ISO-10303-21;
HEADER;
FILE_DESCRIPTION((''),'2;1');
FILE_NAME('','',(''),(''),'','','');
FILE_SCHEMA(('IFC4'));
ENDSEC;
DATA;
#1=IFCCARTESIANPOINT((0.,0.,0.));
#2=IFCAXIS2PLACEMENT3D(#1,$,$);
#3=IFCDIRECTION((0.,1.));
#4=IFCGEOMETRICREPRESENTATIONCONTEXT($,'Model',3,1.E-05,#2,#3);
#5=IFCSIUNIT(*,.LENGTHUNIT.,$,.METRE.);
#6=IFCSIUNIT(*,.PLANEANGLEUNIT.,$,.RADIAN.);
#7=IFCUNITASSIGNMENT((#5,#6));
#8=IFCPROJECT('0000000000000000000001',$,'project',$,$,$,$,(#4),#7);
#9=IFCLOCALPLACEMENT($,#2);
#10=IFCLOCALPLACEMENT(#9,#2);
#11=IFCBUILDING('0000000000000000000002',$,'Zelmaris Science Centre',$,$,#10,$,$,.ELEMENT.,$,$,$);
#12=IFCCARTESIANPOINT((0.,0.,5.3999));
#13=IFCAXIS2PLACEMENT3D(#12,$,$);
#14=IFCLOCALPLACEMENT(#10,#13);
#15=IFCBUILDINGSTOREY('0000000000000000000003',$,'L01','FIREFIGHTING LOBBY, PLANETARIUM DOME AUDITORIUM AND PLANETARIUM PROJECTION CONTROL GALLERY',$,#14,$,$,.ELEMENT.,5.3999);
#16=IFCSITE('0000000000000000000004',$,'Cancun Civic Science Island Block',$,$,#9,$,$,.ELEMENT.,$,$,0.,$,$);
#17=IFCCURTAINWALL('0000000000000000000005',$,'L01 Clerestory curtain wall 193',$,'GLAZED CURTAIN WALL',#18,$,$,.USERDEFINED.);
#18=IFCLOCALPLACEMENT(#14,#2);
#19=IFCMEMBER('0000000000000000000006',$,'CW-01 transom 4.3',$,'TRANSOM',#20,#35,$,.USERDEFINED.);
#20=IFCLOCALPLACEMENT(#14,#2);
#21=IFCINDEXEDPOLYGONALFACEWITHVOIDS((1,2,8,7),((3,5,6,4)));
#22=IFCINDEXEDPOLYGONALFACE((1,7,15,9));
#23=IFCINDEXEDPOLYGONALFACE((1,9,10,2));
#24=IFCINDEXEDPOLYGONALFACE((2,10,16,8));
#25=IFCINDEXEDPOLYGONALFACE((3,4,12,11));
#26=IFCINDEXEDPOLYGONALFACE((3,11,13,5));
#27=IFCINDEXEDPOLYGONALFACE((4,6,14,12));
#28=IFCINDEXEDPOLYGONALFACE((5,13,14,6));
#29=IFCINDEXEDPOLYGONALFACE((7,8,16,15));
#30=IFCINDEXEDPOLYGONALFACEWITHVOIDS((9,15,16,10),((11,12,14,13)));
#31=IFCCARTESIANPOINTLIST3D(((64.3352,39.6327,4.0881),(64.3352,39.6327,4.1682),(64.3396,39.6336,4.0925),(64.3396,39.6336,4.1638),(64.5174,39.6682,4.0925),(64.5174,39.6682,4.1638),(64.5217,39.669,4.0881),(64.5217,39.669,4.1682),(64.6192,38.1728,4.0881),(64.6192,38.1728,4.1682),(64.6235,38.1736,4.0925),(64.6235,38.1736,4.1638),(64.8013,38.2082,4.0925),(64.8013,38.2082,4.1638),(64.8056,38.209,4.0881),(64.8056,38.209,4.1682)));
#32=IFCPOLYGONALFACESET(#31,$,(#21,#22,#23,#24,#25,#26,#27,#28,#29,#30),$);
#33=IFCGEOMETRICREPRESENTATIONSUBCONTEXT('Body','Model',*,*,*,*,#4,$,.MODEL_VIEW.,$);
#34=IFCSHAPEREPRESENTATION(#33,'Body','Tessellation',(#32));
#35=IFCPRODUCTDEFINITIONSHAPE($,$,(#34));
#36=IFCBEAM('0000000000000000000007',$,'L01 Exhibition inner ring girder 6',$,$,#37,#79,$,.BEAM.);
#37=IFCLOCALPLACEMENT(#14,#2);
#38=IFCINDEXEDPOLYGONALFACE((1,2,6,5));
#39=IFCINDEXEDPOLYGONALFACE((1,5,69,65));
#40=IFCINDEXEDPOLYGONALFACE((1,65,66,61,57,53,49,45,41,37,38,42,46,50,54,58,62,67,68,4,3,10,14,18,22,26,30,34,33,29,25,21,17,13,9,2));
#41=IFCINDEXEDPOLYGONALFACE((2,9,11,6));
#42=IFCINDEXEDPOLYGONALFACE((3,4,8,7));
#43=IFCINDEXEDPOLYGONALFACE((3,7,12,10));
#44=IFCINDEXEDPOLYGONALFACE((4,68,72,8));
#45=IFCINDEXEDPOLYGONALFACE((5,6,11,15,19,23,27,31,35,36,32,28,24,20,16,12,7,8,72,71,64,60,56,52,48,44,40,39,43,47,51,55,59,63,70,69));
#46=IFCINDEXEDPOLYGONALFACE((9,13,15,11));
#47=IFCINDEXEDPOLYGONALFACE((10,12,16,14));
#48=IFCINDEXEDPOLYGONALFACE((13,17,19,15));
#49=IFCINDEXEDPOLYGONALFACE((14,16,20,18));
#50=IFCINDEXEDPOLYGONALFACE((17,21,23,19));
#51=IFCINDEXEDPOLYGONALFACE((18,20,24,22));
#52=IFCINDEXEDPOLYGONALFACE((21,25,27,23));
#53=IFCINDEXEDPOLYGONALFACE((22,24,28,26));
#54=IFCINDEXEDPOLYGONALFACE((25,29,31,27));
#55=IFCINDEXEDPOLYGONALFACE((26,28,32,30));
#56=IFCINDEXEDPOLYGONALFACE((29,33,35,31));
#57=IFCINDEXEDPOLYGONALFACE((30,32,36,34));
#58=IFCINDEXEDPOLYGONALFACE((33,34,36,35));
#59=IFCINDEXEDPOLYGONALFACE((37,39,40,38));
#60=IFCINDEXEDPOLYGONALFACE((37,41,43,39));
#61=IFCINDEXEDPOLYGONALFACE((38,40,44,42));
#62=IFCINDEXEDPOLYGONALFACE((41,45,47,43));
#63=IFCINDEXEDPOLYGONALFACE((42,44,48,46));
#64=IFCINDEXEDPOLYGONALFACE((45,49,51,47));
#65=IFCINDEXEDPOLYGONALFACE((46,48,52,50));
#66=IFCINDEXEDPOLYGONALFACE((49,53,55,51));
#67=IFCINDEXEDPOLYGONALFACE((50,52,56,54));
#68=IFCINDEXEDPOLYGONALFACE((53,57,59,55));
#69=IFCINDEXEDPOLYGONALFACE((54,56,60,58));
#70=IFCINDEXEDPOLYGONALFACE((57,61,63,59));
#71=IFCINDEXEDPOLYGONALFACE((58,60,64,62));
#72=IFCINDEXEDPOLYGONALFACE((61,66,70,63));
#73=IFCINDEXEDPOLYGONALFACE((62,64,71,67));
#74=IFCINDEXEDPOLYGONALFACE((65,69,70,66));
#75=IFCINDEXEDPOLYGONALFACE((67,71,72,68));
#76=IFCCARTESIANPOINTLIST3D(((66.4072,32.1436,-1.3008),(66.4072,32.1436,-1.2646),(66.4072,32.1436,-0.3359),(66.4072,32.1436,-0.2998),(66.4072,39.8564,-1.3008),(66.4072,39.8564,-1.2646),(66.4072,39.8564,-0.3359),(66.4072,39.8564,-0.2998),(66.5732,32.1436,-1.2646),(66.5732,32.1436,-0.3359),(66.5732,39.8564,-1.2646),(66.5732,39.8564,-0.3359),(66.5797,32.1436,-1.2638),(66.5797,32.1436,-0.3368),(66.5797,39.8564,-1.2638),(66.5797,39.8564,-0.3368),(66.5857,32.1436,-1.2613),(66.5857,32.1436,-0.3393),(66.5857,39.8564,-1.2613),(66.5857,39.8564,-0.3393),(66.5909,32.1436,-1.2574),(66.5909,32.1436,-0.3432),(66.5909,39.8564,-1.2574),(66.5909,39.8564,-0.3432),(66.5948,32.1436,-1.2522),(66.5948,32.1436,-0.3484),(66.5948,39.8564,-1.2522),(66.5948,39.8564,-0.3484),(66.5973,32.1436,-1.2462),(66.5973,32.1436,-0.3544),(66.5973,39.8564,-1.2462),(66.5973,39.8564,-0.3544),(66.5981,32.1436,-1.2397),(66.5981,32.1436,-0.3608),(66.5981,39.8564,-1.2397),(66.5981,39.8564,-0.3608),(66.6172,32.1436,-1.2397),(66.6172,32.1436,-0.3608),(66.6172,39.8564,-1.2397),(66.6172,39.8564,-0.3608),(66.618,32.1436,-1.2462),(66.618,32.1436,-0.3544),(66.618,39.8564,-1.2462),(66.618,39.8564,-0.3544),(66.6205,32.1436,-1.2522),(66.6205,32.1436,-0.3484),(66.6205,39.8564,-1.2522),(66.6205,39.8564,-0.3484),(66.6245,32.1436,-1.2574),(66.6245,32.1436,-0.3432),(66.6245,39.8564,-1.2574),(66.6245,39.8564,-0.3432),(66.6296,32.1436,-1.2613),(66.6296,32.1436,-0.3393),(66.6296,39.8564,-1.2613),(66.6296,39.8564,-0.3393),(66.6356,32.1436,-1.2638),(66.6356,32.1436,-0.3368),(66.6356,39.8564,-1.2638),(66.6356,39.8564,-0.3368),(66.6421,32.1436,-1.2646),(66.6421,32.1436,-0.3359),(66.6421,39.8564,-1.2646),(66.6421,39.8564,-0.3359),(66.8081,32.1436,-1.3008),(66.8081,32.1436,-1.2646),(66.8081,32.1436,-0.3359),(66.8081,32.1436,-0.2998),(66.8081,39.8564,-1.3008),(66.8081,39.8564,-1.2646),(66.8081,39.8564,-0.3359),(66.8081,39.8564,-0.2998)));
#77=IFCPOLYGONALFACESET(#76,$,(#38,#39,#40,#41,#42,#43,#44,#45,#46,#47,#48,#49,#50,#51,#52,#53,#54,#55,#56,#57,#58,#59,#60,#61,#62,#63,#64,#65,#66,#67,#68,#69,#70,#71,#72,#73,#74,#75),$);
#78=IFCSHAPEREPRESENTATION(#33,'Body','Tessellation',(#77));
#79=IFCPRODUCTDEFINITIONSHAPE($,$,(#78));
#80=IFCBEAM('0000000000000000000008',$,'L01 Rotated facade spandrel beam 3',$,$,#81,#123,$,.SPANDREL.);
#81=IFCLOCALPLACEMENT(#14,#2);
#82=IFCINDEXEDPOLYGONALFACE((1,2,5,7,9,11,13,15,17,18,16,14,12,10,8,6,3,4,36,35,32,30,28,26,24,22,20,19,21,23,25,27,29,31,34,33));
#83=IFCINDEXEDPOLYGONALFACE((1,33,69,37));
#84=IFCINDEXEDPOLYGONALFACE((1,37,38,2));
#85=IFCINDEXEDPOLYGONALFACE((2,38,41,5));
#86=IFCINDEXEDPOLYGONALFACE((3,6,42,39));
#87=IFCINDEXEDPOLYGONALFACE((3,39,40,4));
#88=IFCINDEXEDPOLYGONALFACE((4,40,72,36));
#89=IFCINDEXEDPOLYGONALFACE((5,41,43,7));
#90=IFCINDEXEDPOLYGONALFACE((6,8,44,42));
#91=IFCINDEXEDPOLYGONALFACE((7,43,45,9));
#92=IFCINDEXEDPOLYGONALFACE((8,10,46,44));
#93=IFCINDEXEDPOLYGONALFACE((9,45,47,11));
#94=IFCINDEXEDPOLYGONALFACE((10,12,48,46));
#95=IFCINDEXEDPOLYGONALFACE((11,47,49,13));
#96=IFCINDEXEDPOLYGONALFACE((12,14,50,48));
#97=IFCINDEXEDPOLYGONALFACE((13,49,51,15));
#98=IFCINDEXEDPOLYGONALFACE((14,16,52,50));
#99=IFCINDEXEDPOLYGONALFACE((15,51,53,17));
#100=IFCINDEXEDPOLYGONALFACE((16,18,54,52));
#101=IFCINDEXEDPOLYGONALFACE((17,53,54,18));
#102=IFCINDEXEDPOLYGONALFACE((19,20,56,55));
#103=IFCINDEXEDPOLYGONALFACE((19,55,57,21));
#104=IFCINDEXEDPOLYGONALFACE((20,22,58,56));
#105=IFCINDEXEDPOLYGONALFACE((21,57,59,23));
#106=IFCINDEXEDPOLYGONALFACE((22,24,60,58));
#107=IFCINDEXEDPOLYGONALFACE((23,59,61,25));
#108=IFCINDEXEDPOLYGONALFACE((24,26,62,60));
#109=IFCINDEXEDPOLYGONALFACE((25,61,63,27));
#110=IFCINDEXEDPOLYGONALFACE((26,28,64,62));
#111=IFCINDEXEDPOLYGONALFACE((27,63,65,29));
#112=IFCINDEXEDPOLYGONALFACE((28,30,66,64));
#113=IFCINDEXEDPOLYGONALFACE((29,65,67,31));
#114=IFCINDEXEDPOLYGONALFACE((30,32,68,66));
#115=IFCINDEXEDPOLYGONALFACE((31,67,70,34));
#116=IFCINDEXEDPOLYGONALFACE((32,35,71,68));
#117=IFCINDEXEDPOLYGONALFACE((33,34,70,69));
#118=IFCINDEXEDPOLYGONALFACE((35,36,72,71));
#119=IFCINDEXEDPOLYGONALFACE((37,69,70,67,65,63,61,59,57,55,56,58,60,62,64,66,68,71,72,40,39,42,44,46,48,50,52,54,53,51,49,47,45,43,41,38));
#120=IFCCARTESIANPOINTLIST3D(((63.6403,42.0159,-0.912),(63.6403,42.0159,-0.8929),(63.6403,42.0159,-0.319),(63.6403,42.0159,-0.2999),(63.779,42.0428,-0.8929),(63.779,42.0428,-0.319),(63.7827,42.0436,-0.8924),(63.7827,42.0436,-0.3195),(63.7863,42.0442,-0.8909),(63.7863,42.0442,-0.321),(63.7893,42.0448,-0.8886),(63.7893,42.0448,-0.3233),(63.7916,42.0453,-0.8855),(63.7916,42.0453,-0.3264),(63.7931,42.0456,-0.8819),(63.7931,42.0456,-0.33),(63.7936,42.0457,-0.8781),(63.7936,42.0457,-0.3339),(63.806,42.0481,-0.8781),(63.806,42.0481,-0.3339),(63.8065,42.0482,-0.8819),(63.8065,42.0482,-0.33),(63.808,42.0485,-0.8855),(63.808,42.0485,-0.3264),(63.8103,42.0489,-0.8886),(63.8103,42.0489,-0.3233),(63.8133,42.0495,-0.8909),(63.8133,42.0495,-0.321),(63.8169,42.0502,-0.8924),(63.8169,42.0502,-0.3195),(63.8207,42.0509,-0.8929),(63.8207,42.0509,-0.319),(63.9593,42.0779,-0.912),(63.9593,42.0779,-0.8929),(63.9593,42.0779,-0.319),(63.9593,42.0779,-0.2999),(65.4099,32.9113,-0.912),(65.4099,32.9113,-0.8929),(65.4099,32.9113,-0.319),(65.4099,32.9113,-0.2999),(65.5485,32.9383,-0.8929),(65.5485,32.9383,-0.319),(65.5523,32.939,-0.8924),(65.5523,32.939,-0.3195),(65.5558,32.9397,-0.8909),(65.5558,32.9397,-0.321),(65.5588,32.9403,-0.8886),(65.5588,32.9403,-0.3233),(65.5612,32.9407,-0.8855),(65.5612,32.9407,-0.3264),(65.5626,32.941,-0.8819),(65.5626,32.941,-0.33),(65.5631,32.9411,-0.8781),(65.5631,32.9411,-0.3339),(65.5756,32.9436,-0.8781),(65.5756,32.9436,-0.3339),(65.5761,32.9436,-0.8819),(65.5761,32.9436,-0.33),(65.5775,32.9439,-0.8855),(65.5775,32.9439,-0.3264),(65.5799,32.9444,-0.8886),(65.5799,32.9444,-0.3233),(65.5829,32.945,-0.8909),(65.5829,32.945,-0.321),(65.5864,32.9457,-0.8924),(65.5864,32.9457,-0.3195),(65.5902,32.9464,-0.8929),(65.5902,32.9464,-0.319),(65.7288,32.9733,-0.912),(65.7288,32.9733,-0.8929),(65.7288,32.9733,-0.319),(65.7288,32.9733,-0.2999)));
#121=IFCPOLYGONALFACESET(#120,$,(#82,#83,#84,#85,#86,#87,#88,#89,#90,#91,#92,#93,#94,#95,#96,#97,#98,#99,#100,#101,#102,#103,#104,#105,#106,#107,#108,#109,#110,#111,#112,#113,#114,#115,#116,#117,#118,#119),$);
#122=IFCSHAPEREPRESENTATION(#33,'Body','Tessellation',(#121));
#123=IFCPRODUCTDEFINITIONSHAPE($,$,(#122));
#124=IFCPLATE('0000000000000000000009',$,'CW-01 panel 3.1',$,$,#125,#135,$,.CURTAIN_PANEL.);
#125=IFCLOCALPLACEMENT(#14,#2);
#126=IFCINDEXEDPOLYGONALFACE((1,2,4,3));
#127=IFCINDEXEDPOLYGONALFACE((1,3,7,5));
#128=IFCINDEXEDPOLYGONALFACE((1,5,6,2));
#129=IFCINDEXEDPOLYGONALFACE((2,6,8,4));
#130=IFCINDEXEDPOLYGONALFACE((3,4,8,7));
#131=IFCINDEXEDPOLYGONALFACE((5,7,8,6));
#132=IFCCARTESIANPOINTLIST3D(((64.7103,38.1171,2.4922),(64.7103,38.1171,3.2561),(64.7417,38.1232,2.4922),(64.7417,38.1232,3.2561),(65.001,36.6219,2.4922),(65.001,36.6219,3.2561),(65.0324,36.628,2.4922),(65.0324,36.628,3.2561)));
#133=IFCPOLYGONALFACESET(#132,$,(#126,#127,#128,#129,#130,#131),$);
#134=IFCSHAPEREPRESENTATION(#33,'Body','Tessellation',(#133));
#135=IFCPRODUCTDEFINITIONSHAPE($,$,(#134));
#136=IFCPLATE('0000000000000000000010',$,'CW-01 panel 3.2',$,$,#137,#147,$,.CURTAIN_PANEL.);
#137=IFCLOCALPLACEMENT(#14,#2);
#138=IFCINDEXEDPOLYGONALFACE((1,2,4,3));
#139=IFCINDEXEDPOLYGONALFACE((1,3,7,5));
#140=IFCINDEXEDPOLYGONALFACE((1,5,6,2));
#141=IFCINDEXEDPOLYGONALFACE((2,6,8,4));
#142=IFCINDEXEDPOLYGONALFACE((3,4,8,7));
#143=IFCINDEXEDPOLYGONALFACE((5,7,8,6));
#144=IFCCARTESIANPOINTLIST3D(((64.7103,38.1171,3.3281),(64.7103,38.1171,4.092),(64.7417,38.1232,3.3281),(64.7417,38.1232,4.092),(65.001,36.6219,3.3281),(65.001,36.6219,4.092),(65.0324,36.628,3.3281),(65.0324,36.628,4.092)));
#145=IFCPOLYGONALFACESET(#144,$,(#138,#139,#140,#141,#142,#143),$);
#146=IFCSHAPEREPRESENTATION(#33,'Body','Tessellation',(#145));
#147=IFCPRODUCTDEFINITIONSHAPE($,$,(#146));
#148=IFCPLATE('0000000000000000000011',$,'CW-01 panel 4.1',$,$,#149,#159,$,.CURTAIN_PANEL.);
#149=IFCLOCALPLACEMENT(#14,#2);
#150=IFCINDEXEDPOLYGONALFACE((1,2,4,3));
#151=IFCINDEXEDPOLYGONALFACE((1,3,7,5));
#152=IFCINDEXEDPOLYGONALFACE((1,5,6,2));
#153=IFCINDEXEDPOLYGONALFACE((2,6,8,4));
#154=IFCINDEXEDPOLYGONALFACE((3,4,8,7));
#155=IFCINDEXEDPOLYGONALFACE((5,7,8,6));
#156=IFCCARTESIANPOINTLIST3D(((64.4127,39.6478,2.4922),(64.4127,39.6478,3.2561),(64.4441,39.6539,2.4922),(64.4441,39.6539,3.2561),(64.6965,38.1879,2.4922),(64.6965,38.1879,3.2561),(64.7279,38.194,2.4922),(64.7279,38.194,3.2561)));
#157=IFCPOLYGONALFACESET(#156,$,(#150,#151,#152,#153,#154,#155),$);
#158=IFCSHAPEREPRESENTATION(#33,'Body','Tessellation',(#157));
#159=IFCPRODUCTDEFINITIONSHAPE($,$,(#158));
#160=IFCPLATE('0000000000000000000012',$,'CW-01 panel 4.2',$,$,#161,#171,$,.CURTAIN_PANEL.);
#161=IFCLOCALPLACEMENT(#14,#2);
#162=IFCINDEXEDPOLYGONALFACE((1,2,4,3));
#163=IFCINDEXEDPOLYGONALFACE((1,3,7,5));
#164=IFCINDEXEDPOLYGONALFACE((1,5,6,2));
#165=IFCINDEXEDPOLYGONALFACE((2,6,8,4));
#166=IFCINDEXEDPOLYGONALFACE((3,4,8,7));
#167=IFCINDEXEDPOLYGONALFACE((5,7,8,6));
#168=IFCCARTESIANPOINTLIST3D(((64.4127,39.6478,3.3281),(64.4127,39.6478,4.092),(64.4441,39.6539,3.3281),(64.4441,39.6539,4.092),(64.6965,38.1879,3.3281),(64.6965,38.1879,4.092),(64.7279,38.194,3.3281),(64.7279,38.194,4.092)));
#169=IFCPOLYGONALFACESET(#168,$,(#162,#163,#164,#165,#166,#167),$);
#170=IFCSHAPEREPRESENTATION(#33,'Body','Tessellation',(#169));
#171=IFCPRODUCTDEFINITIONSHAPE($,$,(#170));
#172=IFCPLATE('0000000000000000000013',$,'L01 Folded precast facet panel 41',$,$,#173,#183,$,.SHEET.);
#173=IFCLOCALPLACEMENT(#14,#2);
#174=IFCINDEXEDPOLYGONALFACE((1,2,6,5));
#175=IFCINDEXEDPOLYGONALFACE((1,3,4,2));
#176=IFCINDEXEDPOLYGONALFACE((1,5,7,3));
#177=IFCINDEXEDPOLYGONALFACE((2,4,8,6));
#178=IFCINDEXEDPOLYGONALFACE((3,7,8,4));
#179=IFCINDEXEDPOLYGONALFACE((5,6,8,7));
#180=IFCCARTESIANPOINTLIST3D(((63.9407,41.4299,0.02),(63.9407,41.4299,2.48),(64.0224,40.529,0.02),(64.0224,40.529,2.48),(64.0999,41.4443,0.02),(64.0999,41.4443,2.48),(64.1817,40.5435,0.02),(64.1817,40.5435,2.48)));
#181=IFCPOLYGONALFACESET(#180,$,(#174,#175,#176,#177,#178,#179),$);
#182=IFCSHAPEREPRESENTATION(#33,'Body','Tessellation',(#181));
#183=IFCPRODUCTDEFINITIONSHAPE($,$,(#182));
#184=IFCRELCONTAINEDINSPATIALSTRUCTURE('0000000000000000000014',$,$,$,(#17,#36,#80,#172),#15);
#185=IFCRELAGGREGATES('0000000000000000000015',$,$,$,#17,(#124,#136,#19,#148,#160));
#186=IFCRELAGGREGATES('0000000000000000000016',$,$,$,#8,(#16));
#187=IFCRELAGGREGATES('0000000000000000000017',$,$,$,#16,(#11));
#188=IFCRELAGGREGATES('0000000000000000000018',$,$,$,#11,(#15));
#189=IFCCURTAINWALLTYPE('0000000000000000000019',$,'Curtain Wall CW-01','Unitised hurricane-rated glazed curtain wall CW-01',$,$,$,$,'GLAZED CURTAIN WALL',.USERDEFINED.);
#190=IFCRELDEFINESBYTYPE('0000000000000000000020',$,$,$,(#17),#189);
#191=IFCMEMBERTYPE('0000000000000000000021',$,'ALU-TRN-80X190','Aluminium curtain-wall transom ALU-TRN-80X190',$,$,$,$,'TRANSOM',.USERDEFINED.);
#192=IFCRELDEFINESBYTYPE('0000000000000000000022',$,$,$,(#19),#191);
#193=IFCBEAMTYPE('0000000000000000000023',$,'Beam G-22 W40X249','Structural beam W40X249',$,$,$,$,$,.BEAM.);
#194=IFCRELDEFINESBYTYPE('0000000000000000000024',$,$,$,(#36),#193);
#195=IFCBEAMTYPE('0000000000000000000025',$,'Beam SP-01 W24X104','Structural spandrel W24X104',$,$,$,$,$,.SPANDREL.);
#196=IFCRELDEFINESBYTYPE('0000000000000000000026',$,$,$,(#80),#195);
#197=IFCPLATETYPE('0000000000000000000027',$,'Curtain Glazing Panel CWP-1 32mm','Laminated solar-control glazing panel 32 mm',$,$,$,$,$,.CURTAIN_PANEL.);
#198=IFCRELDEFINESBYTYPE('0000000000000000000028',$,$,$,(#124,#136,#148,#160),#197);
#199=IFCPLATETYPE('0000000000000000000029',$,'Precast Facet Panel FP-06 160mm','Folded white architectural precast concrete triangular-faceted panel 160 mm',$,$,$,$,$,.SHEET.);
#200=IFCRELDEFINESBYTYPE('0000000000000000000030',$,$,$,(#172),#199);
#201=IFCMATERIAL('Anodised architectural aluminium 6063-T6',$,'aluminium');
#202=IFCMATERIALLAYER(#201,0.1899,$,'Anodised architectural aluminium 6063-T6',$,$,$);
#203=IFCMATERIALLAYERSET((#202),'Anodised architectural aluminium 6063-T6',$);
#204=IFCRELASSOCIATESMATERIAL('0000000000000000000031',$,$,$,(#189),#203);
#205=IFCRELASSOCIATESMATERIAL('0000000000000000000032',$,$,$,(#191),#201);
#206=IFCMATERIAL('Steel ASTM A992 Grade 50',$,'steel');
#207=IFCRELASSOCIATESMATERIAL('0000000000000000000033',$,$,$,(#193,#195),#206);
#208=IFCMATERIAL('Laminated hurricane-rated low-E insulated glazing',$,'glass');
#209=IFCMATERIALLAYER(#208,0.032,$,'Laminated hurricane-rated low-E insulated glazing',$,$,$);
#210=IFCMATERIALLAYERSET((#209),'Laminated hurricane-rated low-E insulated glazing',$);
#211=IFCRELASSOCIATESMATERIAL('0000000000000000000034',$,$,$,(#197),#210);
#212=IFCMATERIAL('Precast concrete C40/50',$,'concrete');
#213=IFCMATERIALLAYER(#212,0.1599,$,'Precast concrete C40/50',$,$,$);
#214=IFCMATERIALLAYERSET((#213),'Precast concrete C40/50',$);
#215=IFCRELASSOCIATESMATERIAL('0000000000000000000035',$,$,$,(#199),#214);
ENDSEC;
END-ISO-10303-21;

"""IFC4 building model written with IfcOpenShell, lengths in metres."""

from ifc_helpers import new_model, si_unit, direction, frame, frame_2d, origin, origin_2d, place, context, subcontext, project, spatial, rectangle, hollow_rectangle, i_section, extrude, material, layer, layer_set, material_profile, profile_set, type_object, element, aggregate, save


model = new_model("IFC4")

# Units and contexts
model_context = context("Model", 3, precision=1e-05, world=origin(), true_north=direction((0.0, 1.0)))
body_context = subcontext(model_context, "Body", "Model", "MODEL_VIEW")
ifc_project = project(units=[si_unit("LENGTHUNIT", "METRE"), si_unit("PLANEANGLEUNIT", "RADIAN")], contexts=[model_context])

# Site, building, storey
site_placement = place(None, origin())
site = spatial("IfcSite", under=ifc_project, at=site_placement, Name="Cancun Civic Science Island Block", CompositionType="ELEMENT", RefElevation=0.0)
building_placement = place(site_placement, origin())
building = spatial("IfcBuilding", under=site, at=building_placement, Name="Zelmaris Science Centre", CompositionType="ELEMENT")
storey_placement = place(building_placement, frame((0.0, 0.0, 5.3999)))
storey = spatial("IfcBuildingStorey", under=building, at=storey_placement, Name="L01", Description="FIREFIGHTING LOBBY, PLANETARIUM DOME AUDITORIUM AND PLANETARIUM PROJECTION CONTROL GALLERY", CompositionType="ELEMENT", Elevation=5.3999)

# Shared definitions
ifc_material_1 = material(Name="Steel ASTM A992 Grade 50", Category="steel")

# Curtain wall, member
ifc_material_2 = material(Name="Anodised architectural aluminium 6063-T6", Category="aluminium")
ifc_layer_1 = layer(ifc_material_2, 0.1899, Name="Anodised architectural aluminium 6063-T6")
ifc_layer_set_1 = layer_set([ifc_layer_1], Name="Anodised architectural aluminium 6063-T6")
curtain_wall_type = type_object("IfcCurtainWallType", Name="Curtain Wall CW-01", Description="Unitised hurricane-rated glazed curtain wall CW-01", ElementType="GLAZED CURTAIN WALL", PredefinedType="USERDEFINED", material=ifc_layer_set_1)
curtain_wall_placement = place(storey_placement, origin())
curtain_wall = element("IfcCurtainWall", 1, at=curtain_wall_placement, inside=storey, type_object=curtain_wall_type, Name="L01 Clerestory curtain wall 193", ObjectType="GLAZED CURTAIN WALL", PredefinedType="USERDEFINED")
ifc_material_profile_1 = material_profile(ifc_material_2, hollow_rectangle(XDim=0.0801, YDim=0.1899, WallThickness=0.0044, at=origin_2d()), Name="ALU-TRN-80X190")
ifc_profile_set_1 = profile_set([ifc_material_profile_1], Name="Anodised architectural aluminium 6063-T6")
member_type_1 = type_object("IfcMemberType", Name="ALU-TRN-80X190", Description="Aluminium curtain-wall transom ALU-TRN-80X190", ElementType="TRANSOM", PredefinedType="USERDEFINED", material=ifc_profile_set_1)
member_1_placement = place(storey_placement, frame((64.7124, 38.1909, 4.1282), z_axis=(-0.190905, 0.981609, 0.0), x_axis=(0.0, 0.0, 1.0)))
member_1 = element("IfcMember", 2, at=member_1_placement, type_object=member_type_1, Name="CW-01 transom 4.3", ObjectType="TRANSOM", PredefinedType="USERDEFINED", context=body_context, shape_type="SweptSolid", body=[
    extrude(hollow_rectangle(XDim=0.0801, YDim=0.1899, WallThickness=0.0044, at=origin_2d()), origin(), (0.0, 0.0, 1.0), 1.4873),
])

# Beams
ifc_material_profile_2 = material_profile(ifc_material_1, i_section(OverallWidth=0.4009, OverallDepth=1.001, WebThickness=0.019, FlangeThickness=0.0361, FilletRadius=0.0249, at=origin_2d()), Name="W40X249")
ifc_profile_set_2 = profile_set([ifc_material_profile_2], Name="Steel ASTM A992 Grade 50")
beam_type_1 = type_object("IfcBeamType", Name="Beam G-22 W40X249", Description="Structural beam W40X249", PredefinedType="BEAM", material=ifc_profile_set_2)
beam_1_placement = place(storey_placement, frame((66.6077, 39.8564, -0.8003), z_axis=(0.0, -1.0, 0.0), x_axis=(1.0, 0.0, 0.0)))
element("IfcBeam", 3, at=beam_1_placement, inside=storey, type_object=beam_type_1, Name="L01 Exhibition inner ring girder 6", PredefinedType="BEAM", context=body_context, shape_type="SweptSolid", body=[
    extrude(i_section(OverallWidth=0.4009, OverallDepth=1.001, WebThickness=0.019, FlangeThickness=0.0361, FilletRadius=0.0249, at=origin_2d()), origin(), (0.0, 0.0, 1.0), 7.7129),
])
ifc_material_profile_3 = material_profile(ifc_material_1, i_section(OverallWidth=0.325, OverallDepth=0.6121, WebThickness=0.0127, FlangeThickness=0.019, FilletRadius=0.0149, at=origin_2d()), Name="W24X104")
ifc_profile_set_3 = profile_set([ifc_material_profile_3], Name="Steel ASTM A992 Grade 50")
beam_type_2 = type_object("IfcBeamType", Name="Beam SP-01 W24X104", Description="Structural spandrel W24X104", PredefinedType="SPANDREL", material=ifc_profile_set_3)
beam_2_placement = place(storey_placement, frame((63.7998, 42.0469, -0.606), z_axis=(0.190788, -0.981631, 0.0), x_axis=(0.981631, 0.190788, 0.0)))
element("IfcBeam", 4, at=beam_2_placement, inside=storey, type_object=beam_type_2, Name="L01 Rotated facade spandrel beam 3", PredefinedType="SPANDREL", context=body_context, shape_type="SweptSolid", body=[
    extrude(i_section(OverallWidth=0.325, OverallDepth=0.6121, WebThickness=0.0127, FlangeThickness=0.019, FilletRadius=0.0149, at=origin_2d()), origin(), (0.0, 0.0, 1.0), 9.2749),
])

# Plates
ifc_material_3 = material(Name="Laminated hurricane-rated low-E insulated glazing", Category="glass")
ifc_layer_2 = layer(ifc_material_3, 0.032, Name="Laminated hurricane-rated low-E insulated glazing")
ifc_layer_set_2 = layer_set([ifc_layer_2], Name="Laminated hurricane-rated low-E insulated glazing")
plate_type_1 = type_object("IfcPlateType", Name="Curtain Glazing Panel CWP-1 32mm", Description="Laminated solar-control glazing panel 32 mm", PredefinedType="CURTAIN_PANEL", material=ifc_layer_set_2)
plate_1_placement = place(storey_placement, frame((64.8713, 37.3726, 2.4922), z_axis=(0.0, 0.0, 1.0), x_axis=(-0.190803, 0.981628, 0.0)))
plate_1 = element("IfcPlate", 5, at=plate_1_placement, type_object=plate_type_1, Name="CW-01 panel 3.1", PredefinedType="CURTAIN_PANEL", context=body_context, shape_type="SweptSolid", body=[
    extrude(rectangle(XDim=1.5232, YDim=0.032, at=origin_2d()), origin(), (0.0, 0.0, 1.0), 0.7639),
])
plate_2_placement = place(storey_placement, frame((64.8713, 37.3726, 3.3281), z_axis=(0.0, 0.0, 1.0), x_axis=(-0.190803, 0.981628, 0.0)))
plate_2 = element("IfcPlate", 6, at=plate_2_placement, type_object=plate_type_1, Name="CW-01 panel 3.2", PredefinedType="CURTAIN_PANEL", context=body_context, shape_type="SweptSolid", body=[
    extrude(rectangle(XDim=1.5232, YDim=0.032, at=origin_2d()), origin(), (0.0, 0.0, 1.0), 0.7639),
])
plate_3_placement = place(storey_placement, frame((64.5703, 38.9209, 2.4922), z_axis=(0.0, 0.0, 1.0), x_axis=(-0.190803, 0.981628, 0.0)))
plate_3 = element("IfcPlate", 7, at=plate_3_placement, type_object=plate_type_1, Name="CW-01 panel 4.1", PredefinedType="CURTAIN_PANEL", context=body_context, shape_type="SweptSolid", body=[
    extrude(rectangle(XDim=1.4873, YDim=0.032, at=origin_2d()), origin(), (0.0, 0.0, 1.0), 0.7639),
])
plate_4_placement = place(storey_placement, frame((64.5703, 38.9209, 3.3281), z_axis=(0.0, 0.0, 1.0), x_axis=(-0.190803, 0.981628, 0.0)))
plate_4 = element("IfcPlate", 8, at=plate_4_placement, type_object=plate_type_1, Name="CW-01 panel 4.2", PredefinedType="CURTAIN_PANEL", context=body_context, shape_type="SweptSolid", body=[
    extrude(rectangle(XDim=1.4873, YDim=0.032, at=origin_2d()), origin(), (0.0, 0.0, 1.0), 0.7639),
])
aggregate(curtain_wall, [plate_1, plate_2, member_1, plate_3, plate_4])

# Plate
ifc_material_4 = material(Name="Precast concrete C40/50", Category="concrete")
ifc_layer_3 = layer(ifc_material_4, 0.1599, Name="Precast concrete C40/50")
ifc_layer_set_3 = layer_set([ifc_layer_3], Name="Precast concrete C40/50")
plate_type_2 = type_object("IfcPlateType", Name="Precast Facet Panel FP-06 160mm", Description="Folded white architectural precast concrete triangular-faceted panel 160 mm", PredefinedType="SHEET", material=ifc_layer_set_3)
plate_5_placement = place(storey_placement, frame((64.1021, 40.5364, 0.02), z_axis=(0.0, 0.0, 1.0), x_axis=(-0.090414, 0.995904, 0.0)))
element("IfcPlate", 9, at=plate_5_placement, inside=storey, type_object=plate_type_2, Name="L01 Folded precast facet panel 41", PredefinedType="SHEET", context=body_context, shape_type="SweptSolid", body=[
    extrude(rectangle(XDim=0.9045, YDim=0.1599, at=frame_2d((0.4521, 0.0))), origin(), (0.0, 0.0, 1.0), 2.46),
])

save(model, "model.ifc")
